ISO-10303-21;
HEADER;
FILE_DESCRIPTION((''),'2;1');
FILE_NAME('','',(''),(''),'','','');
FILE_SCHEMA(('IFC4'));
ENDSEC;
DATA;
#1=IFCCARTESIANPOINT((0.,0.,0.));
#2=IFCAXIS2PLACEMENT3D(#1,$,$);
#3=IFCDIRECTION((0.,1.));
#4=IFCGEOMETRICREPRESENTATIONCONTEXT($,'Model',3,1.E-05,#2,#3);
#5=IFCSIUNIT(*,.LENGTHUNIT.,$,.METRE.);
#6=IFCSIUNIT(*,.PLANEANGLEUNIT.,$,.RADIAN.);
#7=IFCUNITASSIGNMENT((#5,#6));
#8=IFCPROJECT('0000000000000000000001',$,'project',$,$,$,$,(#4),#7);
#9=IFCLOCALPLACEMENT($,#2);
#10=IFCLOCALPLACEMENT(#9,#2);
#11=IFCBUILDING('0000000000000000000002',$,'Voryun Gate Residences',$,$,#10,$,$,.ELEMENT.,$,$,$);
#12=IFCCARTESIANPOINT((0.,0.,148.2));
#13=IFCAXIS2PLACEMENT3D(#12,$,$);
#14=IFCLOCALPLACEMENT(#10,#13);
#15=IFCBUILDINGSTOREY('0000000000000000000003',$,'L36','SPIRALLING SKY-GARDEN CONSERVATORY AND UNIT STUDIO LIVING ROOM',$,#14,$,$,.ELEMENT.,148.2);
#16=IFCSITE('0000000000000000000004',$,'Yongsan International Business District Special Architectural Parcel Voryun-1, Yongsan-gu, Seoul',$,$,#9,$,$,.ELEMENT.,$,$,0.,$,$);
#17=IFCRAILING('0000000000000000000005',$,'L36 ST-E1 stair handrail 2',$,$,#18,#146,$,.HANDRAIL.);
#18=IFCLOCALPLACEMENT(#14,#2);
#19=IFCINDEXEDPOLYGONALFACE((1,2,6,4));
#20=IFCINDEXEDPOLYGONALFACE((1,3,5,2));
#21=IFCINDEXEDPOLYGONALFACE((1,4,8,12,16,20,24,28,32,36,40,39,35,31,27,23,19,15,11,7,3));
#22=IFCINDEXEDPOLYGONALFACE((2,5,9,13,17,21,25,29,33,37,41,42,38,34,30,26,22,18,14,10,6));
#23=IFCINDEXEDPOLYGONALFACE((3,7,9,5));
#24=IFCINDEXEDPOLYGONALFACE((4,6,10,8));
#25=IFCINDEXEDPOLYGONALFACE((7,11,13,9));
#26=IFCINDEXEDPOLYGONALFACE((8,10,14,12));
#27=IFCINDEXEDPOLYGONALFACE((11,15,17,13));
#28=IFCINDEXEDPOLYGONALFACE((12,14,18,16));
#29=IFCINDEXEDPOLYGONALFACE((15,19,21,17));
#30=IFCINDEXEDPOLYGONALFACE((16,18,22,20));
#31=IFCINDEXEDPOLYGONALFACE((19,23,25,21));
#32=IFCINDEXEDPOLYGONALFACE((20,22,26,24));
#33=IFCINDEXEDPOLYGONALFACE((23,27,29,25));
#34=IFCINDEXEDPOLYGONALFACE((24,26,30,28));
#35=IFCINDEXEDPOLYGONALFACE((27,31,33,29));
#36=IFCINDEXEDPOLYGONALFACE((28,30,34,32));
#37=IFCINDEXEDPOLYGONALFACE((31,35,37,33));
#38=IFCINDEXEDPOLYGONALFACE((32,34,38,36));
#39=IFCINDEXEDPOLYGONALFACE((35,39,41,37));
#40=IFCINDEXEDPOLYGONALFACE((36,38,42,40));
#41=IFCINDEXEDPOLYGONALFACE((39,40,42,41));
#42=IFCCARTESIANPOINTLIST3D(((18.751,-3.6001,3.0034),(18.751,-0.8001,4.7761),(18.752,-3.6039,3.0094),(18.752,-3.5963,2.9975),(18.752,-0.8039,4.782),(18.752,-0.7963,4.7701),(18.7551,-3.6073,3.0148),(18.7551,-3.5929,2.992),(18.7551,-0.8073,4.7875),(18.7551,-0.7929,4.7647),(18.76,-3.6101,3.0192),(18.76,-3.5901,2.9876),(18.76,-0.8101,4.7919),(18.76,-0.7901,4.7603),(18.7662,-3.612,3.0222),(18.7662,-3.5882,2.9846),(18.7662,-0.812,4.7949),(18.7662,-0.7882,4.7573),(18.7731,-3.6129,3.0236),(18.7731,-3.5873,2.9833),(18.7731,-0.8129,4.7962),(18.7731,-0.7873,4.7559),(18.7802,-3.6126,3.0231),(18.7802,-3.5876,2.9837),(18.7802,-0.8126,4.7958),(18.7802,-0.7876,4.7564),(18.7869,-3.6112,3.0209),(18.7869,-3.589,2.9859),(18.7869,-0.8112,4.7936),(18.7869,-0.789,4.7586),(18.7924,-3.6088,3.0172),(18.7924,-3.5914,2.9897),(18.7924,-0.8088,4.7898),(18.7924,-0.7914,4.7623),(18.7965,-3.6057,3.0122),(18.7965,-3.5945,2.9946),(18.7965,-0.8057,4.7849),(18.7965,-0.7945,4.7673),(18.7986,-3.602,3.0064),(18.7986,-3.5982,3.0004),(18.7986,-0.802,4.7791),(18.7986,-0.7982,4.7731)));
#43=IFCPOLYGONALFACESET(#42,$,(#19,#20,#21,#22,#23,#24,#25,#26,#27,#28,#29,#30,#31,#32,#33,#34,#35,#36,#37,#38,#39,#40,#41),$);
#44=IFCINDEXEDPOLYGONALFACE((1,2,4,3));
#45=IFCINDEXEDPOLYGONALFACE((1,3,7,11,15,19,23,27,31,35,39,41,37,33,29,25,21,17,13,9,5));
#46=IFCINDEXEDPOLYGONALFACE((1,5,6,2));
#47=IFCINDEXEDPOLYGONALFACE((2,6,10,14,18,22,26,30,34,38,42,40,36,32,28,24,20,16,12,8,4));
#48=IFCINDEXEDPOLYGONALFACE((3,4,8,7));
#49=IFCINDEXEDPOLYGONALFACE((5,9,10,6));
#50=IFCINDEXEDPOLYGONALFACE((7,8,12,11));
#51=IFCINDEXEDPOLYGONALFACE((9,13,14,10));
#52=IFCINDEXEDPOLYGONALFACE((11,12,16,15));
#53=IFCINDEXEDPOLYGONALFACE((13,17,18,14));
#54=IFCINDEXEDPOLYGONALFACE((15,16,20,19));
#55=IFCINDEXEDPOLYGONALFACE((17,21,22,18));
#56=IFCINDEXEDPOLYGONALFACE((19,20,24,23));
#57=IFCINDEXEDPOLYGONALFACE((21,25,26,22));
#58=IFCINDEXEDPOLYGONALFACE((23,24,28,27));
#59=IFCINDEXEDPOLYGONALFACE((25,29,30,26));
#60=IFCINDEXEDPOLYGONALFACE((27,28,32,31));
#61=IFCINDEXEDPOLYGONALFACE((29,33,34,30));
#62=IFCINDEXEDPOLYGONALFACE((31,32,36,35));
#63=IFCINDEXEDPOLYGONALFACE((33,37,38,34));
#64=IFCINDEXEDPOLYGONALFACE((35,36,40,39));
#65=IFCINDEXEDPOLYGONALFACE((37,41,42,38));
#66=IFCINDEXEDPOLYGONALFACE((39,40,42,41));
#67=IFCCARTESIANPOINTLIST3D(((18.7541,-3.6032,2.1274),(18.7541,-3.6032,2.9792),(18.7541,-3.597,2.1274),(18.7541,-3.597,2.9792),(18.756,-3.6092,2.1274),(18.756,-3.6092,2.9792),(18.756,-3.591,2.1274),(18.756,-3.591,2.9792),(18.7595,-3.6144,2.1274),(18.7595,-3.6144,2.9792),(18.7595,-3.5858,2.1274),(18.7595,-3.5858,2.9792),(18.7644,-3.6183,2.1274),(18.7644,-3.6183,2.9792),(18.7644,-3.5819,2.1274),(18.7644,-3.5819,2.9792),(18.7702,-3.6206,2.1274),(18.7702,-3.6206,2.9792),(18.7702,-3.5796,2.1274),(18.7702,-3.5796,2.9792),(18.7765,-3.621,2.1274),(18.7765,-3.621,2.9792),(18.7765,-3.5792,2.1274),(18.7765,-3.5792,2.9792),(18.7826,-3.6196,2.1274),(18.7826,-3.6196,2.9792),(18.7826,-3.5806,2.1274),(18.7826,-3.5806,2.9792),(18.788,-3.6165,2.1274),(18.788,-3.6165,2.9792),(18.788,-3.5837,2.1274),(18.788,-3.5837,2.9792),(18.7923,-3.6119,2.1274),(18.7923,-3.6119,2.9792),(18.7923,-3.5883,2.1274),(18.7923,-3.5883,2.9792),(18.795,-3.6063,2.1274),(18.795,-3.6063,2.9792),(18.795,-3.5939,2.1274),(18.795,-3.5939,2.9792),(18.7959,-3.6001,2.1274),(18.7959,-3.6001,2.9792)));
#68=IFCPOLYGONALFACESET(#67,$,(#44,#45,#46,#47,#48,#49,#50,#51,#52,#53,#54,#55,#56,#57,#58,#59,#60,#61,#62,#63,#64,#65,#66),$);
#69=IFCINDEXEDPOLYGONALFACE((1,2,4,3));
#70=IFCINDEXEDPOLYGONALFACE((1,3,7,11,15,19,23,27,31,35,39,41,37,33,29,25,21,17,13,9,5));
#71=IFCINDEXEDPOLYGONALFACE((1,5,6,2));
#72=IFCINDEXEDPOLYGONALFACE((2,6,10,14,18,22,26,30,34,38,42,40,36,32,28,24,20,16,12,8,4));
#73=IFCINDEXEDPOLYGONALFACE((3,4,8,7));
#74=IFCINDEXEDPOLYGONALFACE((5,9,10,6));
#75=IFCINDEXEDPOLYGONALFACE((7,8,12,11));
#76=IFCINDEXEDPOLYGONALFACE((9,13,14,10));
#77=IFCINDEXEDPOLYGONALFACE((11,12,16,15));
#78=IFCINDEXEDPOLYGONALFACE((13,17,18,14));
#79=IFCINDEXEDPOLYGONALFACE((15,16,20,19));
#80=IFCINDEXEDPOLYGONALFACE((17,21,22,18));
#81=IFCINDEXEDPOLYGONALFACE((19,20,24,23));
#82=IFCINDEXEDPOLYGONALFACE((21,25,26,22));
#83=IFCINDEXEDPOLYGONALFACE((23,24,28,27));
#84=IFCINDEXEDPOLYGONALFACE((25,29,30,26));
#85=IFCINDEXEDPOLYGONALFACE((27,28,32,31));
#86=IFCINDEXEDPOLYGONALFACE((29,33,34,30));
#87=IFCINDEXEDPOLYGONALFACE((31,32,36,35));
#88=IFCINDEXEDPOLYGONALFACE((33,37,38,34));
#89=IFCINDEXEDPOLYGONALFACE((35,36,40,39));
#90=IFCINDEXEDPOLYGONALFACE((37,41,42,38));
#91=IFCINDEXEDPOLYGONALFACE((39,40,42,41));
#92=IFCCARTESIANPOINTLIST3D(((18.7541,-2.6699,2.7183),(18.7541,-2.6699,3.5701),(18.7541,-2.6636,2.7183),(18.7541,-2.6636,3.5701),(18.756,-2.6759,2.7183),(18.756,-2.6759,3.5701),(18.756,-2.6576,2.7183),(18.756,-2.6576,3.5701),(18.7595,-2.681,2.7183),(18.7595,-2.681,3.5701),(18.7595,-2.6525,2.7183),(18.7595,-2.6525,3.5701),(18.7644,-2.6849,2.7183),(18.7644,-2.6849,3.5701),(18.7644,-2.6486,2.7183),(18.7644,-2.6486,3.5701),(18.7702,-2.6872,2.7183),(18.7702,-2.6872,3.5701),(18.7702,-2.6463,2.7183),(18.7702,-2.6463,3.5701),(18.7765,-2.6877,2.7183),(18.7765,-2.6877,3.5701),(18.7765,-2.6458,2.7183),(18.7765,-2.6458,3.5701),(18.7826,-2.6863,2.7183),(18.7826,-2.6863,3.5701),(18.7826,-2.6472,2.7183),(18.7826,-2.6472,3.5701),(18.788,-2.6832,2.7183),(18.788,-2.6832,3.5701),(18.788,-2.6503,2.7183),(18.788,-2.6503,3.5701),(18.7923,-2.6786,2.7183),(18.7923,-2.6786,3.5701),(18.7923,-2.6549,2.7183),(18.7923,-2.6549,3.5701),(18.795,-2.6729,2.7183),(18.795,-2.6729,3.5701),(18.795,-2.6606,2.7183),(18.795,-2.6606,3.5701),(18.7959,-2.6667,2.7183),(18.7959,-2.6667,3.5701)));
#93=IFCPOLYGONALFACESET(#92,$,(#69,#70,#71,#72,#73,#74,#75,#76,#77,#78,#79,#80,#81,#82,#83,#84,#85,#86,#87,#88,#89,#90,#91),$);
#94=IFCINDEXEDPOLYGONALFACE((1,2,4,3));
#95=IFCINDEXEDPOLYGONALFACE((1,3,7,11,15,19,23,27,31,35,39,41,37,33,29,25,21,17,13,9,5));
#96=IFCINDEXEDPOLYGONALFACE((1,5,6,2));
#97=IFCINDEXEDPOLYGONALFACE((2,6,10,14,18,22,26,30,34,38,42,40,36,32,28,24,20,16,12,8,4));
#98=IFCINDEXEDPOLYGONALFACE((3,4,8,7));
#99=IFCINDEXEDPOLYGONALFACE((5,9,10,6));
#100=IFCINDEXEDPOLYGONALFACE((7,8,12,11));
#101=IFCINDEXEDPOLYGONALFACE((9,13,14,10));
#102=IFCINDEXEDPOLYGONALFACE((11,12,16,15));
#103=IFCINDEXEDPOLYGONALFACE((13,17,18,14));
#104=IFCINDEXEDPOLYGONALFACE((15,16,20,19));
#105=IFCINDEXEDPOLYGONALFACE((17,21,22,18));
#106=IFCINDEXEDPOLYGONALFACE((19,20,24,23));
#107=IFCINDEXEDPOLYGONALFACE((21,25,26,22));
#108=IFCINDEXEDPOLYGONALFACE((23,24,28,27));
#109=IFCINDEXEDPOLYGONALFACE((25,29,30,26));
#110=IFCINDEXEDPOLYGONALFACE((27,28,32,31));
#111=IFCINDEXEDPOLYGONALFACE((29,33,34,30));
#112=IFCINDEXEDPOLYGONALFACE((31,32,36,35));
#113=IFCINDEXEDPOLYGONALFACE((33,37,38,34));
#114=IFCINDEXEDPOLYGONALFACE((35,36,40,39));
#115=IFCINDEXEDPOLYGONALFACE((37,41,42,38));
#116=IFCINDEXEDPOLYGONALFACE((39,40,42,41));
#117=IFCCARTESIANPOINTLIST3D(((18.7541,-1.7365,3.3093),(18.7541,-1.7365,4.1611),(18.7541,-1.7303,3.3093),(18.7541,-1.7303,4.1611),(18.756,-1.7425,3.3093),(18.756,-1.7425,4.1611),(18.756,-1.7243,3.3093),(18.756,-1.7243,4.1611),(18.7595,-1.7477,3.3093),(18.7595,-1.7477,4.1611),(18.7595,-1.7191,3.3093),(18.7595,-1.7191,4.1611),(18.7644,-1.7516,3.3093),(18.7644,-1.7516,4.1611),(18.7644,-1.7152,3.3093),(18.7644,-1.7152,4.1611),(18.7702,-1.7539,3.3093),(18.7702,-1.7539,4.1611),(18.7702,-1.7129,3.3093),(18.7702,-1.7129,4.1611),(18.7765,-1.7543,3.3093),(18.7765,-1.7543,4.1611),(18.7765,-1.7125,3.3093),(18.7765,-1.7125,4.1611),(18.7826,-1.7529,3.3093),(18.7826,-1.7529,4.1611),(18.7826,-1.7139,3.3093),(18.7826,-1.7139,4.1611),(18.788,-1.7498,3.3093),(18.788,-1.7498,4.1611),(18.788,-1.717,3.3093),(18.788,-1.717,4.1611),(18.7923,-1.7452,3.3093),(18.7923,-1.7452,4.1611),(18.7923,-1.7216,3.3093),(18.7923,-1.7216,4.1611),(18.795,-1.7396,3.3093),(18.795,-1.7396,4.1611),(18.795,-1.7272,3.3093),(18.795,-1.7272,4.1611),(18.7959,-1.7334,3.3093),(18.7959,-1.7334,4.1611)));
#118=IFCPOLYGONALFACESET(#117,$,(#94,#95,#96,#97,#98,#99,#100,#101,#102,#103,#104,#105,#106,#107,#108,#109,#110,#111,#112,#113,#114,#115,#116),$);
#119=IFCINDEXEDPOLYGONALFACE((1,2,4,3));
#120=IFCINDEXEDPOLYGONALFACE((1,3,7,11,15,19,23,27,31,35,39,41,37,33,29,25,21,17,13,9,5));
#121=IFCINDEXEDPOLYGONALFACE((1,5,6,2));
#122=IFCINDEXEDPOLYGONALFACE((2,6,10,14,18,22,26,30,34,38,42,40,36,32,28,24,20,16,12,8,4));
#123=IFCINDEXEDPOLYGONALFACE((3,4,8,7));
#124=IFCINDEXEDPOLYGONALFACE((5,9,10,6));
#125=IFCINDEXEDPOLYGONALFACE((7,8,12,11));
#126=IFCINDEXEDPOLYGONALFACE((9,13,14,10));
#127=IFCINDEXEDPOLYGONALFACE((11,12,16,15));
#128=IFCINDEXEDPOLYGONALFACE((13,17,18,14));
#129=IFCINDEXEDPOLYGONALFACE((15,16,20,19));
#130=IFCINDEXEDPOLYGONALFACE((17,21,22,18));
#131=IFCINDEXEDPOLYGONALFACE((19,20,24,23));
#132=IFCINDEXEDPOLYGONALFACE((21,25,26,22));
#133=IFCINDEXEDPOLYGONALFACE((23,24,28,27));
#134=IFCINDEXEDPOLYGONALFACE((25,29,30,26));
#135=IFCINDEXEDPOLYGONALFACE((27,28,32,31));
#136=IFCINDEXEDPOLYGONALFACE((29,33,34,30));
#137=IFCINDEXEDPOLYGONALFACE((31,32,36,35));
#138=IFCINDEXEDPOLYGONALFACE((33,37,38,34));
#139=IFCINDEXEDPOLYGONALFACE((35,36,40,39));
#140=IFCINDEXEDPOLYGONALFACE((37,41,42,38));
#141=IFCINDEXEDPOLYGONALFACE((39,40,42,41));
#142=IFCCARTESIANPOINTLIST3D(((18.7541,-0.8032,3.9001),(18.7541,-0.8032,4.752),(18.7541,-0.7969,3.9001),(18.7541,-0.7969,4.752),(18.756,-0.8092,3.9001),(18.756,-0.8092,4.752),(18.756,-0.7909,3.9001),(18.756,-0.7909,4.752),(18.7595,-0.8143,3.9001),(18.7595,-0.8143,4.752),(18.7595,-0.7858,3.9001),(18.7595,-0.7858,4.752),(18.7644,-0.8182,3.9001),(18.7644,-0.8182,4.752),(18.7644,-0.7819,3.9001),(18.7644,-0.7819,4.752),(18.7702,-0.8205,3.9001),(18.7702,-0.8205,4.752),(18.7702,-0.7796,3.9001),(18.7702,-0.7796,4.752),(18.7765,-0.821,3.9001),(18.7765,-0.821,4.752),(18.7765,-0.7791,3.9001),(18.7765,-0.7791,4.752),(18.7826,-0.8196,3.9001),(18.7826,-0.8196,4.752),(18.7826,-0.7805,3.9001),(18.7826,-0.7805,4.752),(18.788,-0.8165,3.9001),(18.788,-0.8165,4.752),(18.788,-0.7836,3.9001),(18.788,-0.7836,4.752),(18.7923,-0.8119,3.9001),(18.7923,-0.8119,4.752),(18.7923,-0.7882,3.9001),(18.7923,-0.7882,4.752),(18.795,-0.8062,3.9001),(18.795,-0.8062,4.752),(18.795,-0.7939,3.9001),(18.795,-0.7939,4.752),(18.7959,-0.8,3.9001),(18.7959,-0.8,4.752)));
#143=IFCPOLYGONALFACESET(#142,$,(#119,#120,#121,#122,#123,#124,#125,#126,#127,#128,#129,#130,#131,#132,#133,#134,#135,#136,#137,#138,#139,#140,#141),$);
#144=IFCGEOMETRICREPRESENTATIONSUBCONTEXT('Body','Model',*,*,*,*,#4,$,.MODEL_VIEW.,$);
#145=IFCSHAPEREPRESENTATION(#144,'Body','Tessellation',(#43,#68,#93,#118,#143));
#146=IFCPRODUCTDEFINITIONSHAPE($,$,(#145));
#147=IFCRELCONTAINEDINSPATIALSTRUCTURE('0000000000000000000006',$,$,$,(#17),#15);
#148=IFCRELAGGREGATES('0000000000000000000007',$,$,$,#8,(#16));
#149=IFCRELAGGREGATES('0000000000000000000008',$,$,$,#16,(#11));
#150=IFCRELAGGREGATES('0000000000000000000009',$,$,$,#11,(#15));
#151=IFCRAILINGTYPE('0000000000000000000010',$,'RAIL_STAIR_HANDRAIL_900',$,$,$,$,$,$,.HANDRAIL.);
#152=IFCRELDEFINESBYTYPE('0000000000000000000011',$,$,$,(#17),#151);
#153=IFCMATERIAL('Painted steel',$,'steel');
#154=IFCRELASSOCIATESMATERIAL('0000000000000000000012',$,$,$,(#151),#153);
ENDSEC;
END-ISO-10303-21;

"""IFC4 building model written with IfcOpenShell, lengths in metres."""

from ifc_helpers import new_model, si_unit, direction, frame, origin, origin_2d, place, context, subcontext, project, spatial, circle, extrude, material, type_object, element, save


model = new_model("IFC4")

# Units and contexts
model_context = context("Model", 3, precision=1e-05, world=origin(), true_north=direction((0.0, 1.0)))
body_context = subcontext(model_context, "Body", "Model", "MODEL_VIEW")
ifc_project = project(units=[si_unit("LENGTHUNIT", "METRE"), si_unit("PLANEANGLEUNIT", "RADIAN")], contexts=[model_context])

# Site, building, storey
site_placement = place(None, origin())
site = spatial("IfcSite", under=ifc_project, at=site_placement, Name="Yongsan International Business District Special Architectural Parcel Voryun-1, Yongsan-gu, Seoul", CompositionType="ELEMENT", RefElevation=0.0)
building_placement = place(site_placement, origin())
building = spatial("IfcBuilding", under=site, at=building_placement, Name="Voryun Gate Residences", CompositionType="ELEMENT")
storey_placement = place(building_placement, frame((0.0, 0.0, 148.2)))
storey = spatial("IfcBuildingStorey", under=building, at=storey_placement, Name="L36", Description="SPIRALLING SKY-GARDEN CONSERVATORY AND UNIT STUDIO LIVING ROOM", CompositionType="ELEMENT", Elevation=148.2)

# Railing
ifc_material_1 = material(Name="Painted steel", Category="steel")
railing_type_1 = type_object("IfcRailingType", Name="RAIL_STAIR_HANDRAIL_900", PredefinedType="HANDRAIL", material=ifc_material_1)
railing_1_placement = place(storey_placement, frame((18.7749, -3.6001, 2.1274)))
element("IfcRailing", 1, at=railing_1_placement, inside=storey, type_object=railing_type_1, Name="L36 ST-E1 stair handrail 2", PredefinedType="HANDRAIL", context=body_context, shape_type="SweptSolid", body=[
    extrude(circle(Radius=0.0239, at=origin_2d()), frame((0.0, 0.0, 0.876), z_axis=(0.0, 0.844909, 0.53491), x_axis=(-1.0, 0.0, 0.0)), (0.0, 0.0, 1.0), 3.314),
    extrude(circle(Radius=0.021, at=origin_2d()), origin(), (0.0, 0.0, 1.0), 0.8518),
    extrude(circle(Radius=0.021, at=origin_2d()), frame((0.0, 0.9333, 0.5908)), (0.0, 0.0, 1.0), 0.8518),
    extrude(circle(Radius=0.021, at=origin_2d()), frame((0.0, 1.8667, 1.1819)), (0.0, 0.0, 1.0), 0.8518),
    extrude(circle(Radius=0.021, at=origin_2d()), frame((0.0, 2.8, 1.7727)), (0.0, 0.0, 1.0), 0.8518),
])

save(model, "model.ifc")
